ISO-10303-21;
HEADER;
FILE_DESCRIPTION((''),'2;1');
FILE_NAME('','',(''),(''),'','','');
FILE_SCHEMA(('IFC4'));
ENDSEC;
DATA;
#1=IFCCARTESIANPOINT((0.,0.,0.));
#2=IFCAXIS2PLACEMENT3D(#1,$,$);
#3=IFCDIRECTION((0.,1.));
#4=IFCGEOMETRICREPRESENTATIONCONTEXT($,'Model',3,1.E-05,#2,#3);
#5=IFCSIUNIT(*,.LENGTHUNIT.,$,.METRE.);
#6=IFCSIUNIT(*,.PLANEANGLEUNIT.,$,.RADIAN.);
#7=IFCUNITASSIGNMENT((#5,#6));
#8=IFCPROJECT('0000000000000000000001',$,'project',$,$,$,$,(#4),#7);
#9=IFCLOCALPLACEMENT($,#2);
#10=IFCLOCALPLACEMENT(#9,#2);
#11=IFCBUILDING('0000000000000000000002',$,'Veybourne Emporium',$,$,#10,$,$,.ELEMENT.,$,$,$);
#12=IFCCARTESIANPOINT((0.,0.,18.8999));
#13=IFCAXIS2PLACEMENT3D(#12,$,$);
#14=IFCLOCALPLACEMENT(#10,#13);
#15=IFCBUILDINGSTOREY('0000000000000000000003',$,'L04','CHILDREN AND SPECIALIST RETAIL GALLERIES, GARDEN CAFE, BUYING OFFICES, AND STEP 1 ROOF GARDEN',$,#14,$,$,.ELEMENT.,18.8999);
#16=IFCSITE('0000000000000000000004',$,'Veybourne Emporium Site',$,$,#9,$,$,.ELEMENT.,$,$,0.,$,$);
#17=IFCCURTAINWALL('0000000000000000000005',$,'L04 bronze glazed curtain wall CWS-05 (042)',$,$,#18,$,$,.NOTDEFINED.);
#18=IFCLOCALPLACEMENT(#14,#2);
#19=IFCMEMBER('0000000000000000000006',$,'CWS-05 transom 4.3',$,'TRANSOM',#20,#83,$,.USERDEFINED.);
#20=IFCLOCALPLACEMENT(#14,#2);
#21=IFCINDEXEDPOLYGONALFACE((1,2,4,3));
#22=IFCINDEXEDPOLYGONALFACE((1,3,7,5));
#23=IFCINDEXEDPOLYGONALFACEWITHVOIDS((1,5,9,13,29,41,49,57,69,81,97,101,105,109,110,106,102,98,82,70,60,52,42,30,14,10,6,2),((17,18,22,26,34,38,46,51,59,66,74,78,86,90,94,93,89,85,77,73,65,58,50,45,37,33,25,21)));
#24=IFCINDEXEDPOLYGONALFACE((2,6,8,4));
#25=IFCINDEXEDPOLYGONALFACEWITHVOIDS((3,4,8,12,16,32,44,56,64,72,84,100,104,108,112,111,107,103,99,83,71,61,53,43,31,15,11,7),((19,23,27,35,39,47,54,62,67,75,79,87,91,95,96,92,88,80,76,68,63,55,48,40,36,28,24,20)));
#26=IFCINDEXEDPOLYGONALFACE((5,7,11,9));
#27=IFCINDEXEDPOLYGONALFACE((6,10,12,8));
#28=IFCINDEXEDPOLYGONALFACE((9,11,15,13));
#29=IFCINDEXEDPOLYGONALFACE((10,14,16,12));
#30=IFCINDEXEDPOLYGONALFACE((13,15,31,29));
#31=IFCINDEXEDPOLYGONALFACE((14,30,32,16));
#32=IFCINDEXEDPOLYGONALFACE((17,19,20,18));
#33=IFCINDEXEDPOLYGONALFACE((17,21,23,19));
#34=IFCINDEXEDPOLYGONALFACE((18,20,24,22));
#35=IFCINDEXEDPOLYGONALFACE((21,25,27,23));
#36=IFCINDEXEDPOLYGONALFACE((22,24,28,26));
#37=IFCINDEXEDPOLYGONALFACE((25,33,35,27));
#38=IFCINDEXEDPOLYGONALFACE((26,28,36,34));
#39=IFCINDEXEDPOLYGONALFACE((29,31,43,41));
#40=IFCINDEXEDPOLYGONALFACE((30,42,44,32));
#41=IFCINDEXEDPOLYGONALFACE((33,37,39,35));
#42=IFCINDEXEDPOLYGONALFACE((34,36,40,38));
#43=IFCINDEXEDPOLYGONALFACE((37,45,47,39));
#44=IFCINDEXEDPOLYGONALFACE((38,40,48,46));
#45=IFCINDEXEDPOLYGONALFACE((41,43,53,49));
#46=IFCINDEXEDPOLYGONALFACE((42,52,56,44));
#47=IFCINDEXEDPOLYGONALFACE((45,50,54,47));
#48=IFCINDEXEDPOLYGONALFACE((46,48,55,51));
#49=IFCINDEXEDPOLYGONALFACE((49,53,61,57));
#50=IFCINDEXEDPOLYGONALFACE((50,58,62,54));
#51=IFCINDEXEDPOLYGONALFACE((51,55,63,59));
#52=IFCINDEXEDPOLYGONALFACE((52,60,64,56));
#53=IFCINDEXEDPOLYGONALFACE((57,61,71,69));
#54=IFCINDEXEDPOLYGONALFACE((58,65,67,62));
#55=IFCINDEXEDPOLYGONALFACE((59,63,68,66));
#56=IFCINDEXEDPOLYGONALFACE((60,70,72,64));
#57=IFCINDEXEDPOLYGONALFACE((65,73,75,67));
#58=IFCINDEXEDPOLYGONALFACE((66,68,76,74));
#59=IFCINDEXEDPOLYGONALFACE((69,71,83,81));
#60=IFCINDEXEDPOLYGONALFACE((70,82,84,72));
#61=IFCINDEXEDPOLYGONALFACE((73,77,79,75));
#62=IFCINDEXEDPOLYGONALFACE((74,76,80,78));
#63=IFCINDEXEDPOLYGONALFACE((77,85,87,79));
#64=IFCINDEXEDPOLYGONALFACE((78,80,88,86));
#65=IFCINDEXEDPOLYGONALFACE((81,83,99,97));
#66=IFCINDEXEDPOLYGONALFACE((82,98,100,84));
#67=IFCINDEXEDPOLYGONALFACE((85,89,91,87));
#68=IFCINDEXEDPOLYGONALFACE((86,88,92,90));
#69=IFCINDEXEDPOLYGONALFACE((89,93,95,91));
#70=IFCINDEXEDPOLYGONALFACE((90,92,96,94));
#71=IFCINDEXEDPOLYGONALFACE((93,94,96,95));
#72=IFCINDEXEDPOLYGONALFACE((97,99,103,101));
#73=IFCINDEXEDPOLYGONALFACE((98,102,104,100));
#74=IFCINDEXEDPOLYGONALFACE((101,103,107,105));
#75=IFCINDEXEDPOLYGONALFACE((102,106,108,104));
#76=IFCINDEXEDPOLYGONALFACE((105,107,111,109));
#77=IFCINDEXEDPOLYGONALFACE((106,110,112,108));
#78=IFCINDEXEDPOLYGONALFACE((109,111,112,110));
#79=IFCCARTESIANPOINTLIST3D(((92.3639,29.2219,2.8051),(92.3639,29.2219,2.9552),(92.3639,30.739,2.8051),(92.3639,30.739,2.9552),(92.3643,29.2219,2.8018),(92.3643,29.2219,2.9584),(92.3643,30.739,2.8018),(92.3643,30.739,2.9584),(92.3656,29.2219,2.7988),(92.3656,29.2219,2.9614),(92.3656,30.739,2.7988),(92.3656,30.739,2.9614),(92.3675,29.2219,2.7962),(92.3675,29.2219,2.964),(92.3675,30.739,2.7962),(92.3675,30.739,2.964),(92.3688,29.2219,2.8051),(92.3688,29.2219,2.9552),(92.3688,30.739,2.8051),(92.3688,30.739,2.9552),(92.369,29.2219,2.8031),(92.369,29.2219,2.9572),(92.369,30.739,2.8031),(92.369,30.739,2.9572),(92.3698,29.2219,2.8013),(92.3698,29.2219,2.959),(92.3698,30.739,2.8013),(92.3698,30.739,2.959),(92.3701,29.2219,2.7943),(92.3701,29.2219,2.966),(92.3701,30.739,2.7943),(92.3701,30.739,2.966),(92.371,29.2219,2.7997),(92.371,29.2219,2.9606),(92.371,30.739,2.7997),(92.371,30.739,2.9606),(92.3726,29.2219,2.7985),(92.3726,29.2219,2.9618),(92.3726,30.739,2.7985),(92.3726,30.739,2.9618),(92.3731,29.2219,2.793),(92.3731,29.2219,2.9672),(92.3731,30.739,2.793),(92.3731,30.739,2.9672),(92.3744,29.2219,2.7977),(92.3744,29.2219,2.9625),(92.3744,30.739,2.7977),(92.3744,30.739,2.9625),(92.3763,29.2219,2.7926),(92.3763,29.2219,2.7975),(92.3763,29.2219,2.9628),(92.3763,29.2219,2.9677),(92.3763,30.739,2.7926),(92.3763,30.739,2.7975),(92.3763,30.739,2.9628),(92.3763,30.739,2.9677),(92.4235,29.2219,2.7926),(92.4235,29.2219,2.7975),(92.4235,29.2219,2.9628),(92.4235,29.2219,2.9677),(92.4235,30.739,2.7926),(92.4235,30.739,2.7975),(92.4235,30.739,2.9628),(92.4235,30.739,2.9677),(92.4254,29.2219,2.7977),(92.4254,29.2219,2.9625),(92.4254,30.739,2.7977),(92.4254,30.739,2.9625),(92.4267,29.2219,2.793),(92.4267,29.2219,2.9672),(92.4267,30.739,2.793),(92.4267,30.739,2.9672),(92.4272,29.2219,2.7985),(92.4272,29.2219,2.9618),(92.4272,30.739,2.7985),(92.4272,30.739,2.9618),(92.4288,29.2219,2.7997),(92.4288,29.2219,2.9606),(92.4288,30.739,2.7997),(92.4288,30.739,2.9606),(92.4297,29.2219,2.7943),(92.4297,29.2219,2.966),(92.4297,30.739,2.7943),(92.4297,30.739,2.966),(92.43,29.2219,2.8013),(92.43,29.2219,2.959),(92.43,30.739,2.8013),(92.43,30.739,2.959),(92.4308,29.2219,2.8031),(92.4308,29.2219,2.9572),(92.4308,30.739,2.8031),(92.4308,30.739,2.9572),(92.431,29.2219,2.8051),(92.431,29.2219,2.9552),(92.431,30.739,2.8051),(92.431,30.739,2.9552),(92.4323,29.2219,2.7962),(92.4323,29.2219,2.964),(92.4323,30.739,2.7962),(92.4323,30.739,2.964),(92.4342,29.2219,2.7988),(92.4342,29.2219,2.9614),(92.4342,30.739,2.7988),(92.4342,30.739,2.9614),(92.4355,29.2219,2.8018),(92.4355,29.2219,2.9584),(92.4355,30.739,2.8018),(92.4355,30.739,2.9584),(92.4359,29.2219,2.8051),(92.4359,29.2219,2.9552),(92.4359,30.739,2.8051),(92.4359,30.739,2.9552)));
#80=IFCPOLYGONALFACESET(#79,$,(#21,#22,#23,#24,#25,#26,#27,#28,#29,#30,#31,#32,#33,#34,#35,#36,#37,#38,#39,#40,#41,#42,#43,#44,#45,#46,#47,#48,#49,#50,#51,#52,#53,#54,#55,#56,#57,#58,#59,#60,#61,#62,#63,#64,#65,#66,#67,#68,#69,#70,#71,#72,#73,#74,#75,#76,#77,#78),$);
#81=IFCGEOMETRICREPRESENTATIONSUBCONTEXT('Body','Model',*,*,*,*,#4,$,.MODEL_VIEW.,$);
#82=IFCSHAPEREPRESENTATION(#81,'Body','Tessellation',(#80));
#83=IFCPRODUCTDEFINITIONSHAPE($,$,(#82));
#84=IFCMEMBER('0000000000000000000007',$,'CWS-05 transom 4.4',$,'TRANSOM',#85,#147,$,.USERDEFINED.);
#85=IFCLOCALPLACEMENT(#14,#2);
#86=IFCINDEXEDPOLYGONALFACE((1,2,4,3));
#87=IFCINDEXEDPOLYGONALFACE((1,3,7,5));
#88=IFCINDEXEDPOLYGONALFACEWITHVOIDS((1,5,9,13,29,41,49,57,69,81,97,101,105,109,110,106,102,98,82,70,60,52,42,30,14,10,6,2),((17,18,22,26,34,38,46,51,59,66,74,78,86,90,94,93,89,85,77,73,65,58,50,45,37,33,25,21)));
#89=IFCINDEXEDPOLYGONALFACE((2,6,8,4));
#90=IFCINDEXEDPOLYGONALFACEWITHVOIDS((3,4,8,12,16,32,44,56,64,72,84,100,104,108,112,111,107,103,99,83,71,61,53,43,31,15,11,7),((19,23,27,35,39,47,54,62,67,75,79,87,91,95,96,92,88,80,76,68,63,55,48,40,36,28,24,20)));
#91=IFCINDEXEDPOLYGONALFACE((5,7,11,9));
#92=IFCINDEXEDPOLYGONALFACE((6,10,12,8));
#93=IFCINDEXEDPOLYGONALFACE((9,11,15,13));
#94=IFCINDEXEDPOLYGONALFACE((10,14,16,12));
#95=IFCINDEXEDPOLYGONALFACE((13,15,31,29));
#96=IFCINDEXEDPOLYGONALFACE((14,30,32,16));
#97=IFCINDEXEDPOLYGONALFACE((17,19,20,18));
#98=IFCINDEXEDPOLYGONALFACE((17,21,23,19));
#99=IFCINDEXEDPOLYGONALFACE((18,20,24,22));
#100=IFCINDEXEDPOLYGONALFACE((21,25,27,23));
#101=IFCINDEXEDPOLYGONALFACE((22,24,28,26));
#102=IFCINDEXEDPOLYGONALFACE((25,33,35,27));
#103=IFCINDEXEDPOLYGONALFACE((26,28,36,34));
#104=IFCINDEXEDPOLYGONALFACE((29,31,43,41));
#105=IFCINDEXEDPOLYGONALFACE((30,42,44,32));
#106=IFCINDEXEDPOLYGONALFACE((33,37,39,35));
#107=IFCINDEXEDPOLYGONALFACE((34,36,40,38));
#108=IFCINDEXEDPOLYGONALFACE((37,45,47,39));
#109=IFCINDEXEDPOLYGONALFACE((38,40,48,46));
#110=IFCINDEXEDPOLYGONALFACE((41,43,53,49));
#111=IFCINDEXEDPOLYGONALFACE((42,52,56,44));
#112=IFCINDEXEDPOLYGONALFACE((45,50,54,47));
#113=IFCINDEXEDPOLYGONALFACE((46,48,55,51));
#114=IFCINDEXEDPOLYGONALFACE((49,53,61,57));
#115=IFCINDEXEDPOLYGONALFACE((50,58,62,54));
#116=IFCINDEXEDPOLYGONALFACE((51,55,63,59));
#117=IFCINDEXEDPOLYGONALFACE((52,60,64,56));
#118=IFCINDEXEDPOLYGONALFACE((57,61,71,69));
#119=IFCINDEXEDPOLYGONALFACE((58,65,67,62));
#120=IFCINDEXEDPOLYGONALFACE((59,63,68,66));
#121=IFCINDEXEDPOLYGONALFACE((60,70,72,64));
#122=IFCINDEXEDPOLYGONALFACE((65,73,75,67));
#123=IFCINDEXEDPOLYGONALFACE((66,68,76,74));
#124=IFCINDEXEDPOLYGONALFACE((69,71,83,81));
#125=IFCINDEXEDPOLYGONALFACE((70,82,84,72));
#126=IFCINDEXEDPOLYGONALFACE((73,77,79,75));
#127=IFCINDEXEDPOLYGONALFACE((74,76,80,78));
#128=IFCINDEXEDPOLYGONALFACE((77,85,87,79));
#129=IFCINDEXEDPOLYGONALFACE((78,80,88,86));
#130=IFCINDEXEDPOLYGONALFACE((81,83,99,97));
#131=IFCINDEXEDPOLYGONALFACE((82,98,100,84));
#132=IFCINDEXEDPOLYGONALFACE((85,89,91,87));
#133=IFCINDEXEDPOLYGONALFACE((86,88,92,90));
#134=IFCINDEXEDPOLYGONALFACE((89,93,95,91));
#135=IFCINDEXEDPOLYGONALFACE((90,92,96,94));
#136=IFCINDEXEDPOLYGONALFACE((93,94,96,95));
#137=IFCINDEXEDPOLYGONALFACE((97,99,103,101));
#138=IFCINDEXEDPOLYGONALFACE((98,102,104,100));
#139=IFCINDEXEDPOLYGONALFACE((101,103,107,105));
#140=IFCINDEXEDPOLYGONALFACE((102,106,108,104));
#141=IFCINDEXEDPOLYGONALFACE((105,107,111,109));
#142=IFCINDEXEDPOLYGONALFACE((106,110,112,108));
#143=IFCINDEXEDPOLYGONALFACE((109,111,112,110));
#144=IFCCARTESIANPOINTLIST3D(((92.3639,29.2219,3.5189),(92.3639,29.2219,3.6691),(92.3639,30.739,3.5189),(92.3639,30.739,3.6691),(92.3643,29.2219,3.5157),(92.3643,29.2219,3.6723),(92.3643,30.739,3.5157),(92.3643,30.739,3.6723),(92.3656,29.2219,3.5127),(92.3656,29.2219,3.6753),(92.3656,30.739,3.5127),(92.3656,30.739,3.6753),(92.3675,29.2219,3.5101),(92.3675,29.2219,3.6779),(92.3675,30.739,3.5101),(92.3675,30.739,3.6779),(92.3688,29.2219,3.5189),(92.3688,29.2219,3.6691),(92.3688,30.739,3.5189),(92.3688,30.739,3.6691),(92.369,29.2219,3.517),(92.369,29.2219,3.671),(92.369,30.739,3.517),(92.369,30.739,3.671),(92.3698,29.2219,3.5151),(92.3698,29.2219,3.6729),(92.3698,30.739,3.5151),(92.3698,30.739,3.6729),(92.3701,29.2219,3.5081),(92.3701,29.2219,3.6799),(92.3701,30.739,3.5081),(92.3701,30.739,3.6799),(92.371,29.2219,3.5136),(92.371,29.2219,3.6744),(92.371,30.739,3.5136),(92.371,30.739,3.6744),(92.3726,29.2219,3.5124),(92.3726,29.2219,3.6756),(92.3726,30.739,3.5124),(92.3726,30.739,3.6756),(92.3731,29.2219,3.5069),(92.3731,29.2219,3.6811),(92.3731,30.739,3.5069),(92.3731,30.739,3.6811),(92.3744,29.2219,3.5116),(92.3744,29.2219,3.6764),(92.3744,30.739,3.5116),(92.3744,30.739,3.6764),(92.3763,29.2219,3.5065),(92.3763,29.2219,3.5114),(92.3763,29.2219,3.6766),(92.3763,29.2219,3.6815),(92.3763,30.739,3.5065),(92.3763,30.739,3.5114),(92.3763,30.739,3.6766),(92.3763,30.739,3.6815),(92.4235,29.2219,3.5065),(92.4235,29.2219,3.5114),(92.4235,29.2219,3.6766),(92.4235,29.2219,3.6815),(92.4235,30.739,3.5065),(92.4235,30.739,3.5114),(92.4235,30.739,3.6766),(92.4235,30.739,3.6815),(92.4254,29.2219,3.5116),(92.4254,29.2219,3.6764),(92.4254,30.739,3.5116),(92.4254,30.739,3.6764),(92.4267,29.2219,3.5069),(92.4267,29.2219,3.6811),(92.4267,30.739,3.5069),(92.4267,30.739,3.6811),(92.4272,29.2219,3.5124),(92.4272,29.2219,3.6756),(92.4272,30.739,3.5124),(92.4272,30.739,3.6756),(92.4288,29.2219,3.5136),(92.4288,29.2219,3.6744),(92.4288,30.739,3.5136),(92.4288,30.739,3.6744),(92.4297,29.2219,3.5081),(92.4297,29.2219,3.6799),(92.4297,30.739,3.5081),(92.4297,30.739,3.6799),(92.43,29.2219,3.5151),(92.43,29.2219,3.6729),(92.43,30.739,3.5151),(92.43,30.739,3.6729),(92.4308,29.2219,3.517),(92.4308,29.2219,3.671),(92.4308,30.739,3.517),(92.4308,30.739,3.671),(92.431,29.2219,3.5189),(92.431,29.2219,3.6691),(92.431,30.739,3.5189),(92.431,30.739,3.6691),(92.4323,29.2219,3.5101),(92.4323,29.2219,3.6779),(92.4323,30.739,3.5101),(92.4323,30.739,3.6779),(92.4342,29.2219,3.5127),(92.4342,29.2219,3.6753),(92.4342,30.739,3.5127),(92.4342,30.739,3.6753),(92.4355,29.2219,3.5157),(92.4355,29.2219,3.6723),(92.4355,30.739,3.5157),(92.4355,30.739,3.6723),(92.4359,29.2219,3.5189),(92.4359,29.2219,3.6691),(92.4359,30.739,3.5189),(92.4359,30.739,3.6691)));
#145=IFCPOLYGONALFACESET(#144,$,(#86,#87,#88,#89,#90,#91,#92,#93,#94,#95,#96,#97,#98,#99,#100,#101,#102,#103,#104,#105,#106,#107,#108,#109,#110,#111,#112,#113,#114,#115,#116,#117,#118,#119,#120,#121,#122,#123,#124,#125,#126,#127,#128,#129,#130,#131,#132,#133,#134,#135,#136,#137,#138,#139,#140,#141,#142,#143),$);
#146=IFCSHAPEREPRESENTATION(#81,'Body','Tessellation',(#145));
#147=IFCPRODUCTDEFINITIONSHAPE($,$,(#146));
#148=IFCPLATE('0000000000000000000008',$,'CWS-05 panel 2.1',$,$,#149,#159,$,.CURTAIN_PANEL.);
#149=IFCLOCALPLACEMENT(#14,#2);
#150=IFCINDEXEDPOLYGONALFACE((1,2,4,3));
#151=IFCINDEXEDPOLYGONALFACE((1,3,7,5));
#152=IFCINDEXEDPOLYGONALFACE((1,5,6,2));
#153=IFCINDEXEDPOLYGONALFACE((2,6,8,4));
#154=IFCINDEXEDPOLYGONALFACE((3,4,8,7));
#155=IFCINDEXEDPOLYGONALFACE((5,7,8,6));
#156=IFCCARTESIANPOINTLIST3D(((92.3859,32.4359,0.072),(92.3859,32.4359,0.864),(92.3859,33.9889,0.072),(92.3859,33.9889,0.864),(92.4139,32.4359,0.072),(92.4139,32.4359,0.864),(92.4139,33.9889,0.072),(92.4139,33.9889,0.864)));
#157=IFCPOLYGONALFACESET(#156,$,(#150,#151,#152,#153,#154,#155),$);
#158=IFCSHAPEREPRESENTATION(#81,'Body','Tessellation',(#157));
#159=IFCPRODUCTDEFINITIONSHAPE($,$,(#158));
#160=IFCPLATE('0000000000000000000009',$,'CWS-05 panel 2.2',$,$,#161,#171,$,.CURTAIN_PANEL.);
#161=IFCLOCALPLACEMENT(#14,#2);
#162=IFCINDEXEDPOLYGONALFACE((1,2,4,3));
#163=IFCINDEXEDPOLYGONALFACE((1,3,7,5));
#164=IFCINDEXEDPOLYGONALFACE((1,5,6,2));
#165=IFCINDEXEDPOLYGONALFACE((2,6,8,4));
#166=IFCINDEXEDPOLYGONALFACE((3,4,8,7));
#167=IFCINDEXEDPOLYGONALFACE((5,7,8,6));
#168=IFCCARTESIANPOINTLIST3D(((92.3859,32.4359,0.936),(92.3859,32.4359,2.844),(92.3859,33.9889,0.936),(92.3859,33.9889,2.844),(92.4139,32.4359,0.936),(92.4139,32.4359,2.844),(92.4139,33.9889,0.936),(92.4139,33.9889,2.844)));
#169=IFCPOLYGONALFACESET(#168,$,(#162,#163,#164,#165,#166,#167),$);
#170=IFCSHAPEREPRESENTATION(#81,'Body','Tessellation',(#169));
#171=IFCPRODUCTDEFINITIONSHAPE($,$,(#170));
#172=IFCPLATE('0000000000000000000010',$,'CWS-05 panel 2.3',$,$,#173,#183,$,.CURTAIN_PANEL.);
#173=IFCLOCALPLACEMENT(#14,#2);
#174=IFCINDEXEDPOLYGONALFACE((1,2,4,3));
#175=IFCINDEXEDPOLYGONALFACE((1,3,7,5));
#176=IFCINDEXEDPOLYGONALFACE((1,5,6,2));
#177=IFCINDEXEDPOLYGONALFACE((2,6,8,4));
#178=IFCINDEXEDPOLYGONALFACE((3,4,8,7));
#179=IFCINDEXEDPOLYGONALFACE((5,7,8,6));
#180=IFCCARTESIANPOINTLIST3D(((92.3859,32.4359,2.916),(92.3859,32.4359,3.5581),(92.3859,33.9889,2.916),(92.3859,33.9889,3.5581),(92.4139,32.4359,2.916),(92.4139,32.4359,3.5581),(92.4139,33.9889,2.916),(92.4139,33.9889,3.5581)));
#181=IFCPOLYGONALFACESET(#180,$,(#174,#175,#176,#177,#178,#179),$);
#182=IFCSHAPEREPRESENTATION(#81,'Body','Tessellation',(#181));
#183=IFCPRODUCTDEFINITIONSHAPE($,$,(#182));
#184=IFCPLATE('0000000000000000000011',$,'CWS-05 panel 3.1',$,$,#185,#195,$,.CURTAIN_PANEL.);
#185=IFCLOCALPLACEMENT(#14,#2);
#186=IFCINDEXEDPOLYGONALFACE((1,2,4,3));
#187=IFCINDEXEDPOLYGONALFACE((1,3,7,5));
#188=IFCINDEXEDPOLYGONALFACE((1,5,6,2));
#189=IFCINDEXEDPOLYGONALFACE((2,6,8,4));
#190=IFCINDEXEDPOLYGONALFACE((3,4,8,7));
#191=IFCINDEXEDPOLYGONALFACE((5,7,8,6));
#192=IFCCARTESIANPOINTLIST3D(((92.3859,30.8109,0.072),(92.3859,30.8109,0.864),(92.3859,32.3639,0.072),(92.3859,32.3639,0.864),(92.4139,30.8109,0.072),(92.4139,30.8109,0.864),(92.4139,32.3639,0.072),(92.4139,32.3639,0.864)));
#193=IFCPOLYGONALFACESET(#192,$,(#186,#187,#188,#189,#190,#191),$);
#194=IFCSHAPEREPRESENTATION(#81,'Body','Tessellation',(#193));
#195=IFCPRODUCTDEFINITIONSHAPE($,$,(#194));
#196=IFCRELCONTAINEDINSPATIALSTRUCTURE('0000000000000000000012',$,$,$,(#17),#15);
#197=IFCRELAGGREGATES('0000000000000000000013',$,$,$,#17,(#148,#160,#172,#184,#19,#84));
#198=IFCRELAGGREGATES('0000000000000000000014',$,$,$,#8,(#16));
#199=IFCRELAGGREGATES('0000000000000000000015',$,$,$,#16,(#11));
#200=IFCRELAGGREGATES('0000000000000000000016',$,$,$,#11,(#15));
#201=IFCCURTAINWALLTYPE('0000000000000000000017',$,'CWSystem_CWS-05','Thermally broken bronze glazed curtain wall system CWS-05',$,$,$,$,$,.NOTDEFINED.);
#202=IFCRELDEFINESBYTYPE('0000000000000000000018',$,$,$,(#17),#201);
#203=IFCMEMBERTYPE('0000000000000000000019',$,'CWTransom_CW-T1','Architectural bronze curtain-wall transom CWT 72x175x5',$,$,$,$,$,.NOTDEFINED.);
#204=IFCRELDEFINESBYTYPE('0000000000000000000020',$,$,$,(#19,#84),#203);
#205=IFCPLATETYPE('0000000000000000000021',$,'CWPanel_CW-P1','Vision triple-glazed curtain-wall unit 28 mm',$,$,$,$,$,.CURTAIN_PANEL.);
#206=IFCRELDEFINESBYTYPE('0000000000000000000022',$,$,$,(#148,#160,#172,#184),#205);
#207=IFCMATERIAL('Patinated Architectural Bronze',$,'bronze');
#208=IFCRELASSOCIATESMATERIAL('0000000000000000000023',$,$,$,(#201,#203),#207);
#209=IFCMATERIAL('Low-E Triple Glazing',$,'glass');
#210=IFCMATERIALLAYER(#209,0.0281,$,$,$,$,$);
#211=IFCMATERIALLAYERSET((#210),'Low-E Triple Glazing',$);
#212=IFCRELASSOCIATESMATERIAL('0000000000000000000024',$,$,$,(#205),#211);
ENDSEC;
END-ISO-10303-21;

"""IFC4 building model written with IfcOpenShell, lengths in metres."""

from ifc_helpers import new_model, si_unit, direction, frame, origin, origin_2d, place, context, subcontext, project, spatial, rectangle, hollow_rectangle, extrude, material, layer, layer_set, material_profile, profile_set, type_object, element, aggregate, save


model = new_model("IFC4")

# Units and contexts
model_context = context("Model", 3, precision=1e-05, world=origin(), true_north=direction((0.0, 1.0)))
body_context = subcontext(model_context, "Body", "Model", "MODEL_VIEW")
ifc_project = project(units=[si_unit("LENGTHUNIT", "METRE"), si_unit("PLANEANGLEUNIT", "RADIAN")], contexts=[model_context])

# Site, building, storey
site_placement = place(None, origin())
site = spatial("IfcSite", under=ifc_project, at=site_placement, Name="Veybourne Emporium Site", CompositionType="ELEMENT", RefElevation=0.0)
building_placement = place(site_placement, origin())
building = spatial("IfcBuilding", under=site, at=building_placement, Name="Veybourne Emporium", CompositionType="ELEMENT")
storey_placement = place(building_placement, frame((0.0, 0.0, 18.8999)))
storey = spatial("IfcBuildingStorey", under=building, at=storey_placement, Name="L04", Description="CHILDREN AND SPECIALIST RETAIL GALLERIES, GARDEN CAFE, BUYING OFFICES, AND STEP 1 ROOF GARDEN", CompositionType="ELEMENT", Elevation=18.8999)

# Curtain wall, members, plates
ifc_material_1 = material(Name="Patinated Architectural Bronze", Category="bronze")
curtain_wall_type = type_object("IfcCurtainWallType", Name="CWSystem_CWS-05", Description="Thermally broken bronze glazed curtain wall system CWS-05", PredefinedType="NOTDEFINED", material=ifc_material_1)
curtain_wall_placement = place(storey_placement, origin())
curtain_wall = element("IfcCurtainWall", 1, at=curtain_wall_placement, inside=storey, type_object=curtain_wall_type, Name="L04 bronze glazed curtain wall CWS-05 (042)", PredefinedType="NOTDEFINED")
ifc_material_profile_1 = material_profile(ifc_material_1, hollow_rectangle(XDim=0.072, YDim=0.175, WallThickness=0.0049, InnerFilletRadius=0.0076, OuterFilletRadius=0.0125, at=origin_2d()), Name="CWT 72x175x5")
ifc_profile_set_1 = profile_set([ifc_material_profile_1], Name="Patinated Architectural Bronze")
member_type_1 = type_object("IfcMemberType", Name="CWTransom_CW-T1", Description="Architectural bronze curtain-wall transom CWT 72x175x5", PredefinedType="NOTDEFINED", material=ifc_profile_set_1)
member_1_placement = place(storey_placement, frame((92.3999, 30.739, 2.8801), z_axis=(0.0, -1.0, 0.0), x_axis=(1.0, 0.0, 0.0)))
member_1 = element("IfcMember", 2, at=member_1_placement, type_object=member_type_1, Name="CWS-05 transom 4.3", ObjectType="TRANSOM", PredefinedType="USERDEFINED", context=body_context, shape_type="SweptSolid", body=[
    extrude(hollow_rectangle(XDim=0.072, YDim=0.175, WallThickness=0.0049, InnerFilletRadius=0.0076, OuterFilletRadius=0.0125, at=origin_2d()), origin(), (0.0, 0.0, 1.0), 1.5171),
])
member_2_placement = place(storey_placement, frame((92.3999, 30.739, 3.594), z_axis=(0.0, -1.0, 0.0), x_axis=(1.0, 0.0, 0.0)))
member_2 = element("IfcMember", 3, at=member_2_placement, type_object=member_type_1, Name="CWS-05 transom 4.4", ObjectType="TRANSOM", PredefinedType="USERDEFINED", context=body_context, shape_type="SweptSolid", body=[
    extrude(hollow_rectangle(XDim=0.072, YDim=0.175, WallThickness=0.0049, InnerFilletRadius=0.0076, OuterFilletRadius=0.0125, at=origin_2d()), origin(), (0.0, 0.0, 1.0), 1.5171),
])
ifc_material_2 = material(Name="Low-E Triple Glazing", Category="glass")
ifc_layer = layer(ifc_material_2, 0.0281)
ifc_layer_set = layer_set([ifc_layer], Name="Low-E Triple Glazing")
plate_type = type_object("IfcPlateType", Name="CWPanel_CW-P1", Description="Vision triple-glazed curtain-wall unit 28 mm", PredefinedType="CURTAIN_PANEL", material=ifc_layer_set)
plate_1_placement = place(storey_placement, frame((92.3999, 33.2124, 0.072), z_axis=(0.0, 0.0, 1.0), x_axis=(0.0, -1.0, 0.0)))
plate_1 = element("IfcPlate", 4, at=plate_1_placement, type_object=plate_type, Name="CWS-05 panel 2.1", PredefinedType="CURTAIN_PANEL", context=body_context, shape_type="SweptSolid", body=[
    extrude(rectangle(XDim=1.553, YDim=0.0281, at=origin_2d()), origin(), (0.0, 0.0, 1.0), 0.792),
])
plate_2_placement = place(storey_placement, frame((92.3999, 33.2124, 0.936), z_axis=(0.0, 0.0, 1.0), x_axis=(0.0, -1.0, 0.0)))
plate_2 = element("IfcPlate", 5, at=plate_2_placement, type_object=plate_type, Name="CWS-05 panel 2.2", PredefinedType="CURTAIN_PANEL", context=body_context, shape_type="SweptSolid", body=[
    extrude(rectangle(XDim=1.553, YDim=0.0281, at=origin_2d()), origin(), (0.0, 0.0, 1.0), 1.908),
])
plate_3_placement = place(storey_placement, frame((92.3999, 33.2124, 2.916), z_axis=(0.0, 0.0, 1.0), x_axis=(0.0, -1.0, 0.0)))
plate_3 = element("IfcPlate", 6, at=plate_3_placement, type_object=plate_type, Name="CWS-05 panel 2.3", PredefinedType="CURTAIN_PANEL", context=body_context, shape_type="SweptSolid", body=[
    extrude(rectangle(XDim=1.553, YDim=0.0281, at=origin_2d()), origin(), (0.0, 0.0, 1.0), 0.6421),
])
plate_4_placement = place(storey_placement, frame((92.3999, 31.5874, 0.072), z_axis=(0.0, 0.0, 1.0), x_axis=(0.0, -1.0, 0.0)))
plate_4 = element("IfcPlate", 7, at=plate_4_placement, type_object=plate_type, Name="CWS-05 panel 3.1", PredefinedType="CURTAIN_PANEL", context=body_context, shape_type="SweptSolid", body=[
    extrude(rectangle(XDim=1.553, YDim=0.0281, at=origin_2d()), origin(), (0.0, 0.0, 1.0), 0.792),
])
aggregate(curtain_wall, [plate_1, plate_2, plate_3, plate_4, member_1, member_2])

save(model, "model.ifc")
